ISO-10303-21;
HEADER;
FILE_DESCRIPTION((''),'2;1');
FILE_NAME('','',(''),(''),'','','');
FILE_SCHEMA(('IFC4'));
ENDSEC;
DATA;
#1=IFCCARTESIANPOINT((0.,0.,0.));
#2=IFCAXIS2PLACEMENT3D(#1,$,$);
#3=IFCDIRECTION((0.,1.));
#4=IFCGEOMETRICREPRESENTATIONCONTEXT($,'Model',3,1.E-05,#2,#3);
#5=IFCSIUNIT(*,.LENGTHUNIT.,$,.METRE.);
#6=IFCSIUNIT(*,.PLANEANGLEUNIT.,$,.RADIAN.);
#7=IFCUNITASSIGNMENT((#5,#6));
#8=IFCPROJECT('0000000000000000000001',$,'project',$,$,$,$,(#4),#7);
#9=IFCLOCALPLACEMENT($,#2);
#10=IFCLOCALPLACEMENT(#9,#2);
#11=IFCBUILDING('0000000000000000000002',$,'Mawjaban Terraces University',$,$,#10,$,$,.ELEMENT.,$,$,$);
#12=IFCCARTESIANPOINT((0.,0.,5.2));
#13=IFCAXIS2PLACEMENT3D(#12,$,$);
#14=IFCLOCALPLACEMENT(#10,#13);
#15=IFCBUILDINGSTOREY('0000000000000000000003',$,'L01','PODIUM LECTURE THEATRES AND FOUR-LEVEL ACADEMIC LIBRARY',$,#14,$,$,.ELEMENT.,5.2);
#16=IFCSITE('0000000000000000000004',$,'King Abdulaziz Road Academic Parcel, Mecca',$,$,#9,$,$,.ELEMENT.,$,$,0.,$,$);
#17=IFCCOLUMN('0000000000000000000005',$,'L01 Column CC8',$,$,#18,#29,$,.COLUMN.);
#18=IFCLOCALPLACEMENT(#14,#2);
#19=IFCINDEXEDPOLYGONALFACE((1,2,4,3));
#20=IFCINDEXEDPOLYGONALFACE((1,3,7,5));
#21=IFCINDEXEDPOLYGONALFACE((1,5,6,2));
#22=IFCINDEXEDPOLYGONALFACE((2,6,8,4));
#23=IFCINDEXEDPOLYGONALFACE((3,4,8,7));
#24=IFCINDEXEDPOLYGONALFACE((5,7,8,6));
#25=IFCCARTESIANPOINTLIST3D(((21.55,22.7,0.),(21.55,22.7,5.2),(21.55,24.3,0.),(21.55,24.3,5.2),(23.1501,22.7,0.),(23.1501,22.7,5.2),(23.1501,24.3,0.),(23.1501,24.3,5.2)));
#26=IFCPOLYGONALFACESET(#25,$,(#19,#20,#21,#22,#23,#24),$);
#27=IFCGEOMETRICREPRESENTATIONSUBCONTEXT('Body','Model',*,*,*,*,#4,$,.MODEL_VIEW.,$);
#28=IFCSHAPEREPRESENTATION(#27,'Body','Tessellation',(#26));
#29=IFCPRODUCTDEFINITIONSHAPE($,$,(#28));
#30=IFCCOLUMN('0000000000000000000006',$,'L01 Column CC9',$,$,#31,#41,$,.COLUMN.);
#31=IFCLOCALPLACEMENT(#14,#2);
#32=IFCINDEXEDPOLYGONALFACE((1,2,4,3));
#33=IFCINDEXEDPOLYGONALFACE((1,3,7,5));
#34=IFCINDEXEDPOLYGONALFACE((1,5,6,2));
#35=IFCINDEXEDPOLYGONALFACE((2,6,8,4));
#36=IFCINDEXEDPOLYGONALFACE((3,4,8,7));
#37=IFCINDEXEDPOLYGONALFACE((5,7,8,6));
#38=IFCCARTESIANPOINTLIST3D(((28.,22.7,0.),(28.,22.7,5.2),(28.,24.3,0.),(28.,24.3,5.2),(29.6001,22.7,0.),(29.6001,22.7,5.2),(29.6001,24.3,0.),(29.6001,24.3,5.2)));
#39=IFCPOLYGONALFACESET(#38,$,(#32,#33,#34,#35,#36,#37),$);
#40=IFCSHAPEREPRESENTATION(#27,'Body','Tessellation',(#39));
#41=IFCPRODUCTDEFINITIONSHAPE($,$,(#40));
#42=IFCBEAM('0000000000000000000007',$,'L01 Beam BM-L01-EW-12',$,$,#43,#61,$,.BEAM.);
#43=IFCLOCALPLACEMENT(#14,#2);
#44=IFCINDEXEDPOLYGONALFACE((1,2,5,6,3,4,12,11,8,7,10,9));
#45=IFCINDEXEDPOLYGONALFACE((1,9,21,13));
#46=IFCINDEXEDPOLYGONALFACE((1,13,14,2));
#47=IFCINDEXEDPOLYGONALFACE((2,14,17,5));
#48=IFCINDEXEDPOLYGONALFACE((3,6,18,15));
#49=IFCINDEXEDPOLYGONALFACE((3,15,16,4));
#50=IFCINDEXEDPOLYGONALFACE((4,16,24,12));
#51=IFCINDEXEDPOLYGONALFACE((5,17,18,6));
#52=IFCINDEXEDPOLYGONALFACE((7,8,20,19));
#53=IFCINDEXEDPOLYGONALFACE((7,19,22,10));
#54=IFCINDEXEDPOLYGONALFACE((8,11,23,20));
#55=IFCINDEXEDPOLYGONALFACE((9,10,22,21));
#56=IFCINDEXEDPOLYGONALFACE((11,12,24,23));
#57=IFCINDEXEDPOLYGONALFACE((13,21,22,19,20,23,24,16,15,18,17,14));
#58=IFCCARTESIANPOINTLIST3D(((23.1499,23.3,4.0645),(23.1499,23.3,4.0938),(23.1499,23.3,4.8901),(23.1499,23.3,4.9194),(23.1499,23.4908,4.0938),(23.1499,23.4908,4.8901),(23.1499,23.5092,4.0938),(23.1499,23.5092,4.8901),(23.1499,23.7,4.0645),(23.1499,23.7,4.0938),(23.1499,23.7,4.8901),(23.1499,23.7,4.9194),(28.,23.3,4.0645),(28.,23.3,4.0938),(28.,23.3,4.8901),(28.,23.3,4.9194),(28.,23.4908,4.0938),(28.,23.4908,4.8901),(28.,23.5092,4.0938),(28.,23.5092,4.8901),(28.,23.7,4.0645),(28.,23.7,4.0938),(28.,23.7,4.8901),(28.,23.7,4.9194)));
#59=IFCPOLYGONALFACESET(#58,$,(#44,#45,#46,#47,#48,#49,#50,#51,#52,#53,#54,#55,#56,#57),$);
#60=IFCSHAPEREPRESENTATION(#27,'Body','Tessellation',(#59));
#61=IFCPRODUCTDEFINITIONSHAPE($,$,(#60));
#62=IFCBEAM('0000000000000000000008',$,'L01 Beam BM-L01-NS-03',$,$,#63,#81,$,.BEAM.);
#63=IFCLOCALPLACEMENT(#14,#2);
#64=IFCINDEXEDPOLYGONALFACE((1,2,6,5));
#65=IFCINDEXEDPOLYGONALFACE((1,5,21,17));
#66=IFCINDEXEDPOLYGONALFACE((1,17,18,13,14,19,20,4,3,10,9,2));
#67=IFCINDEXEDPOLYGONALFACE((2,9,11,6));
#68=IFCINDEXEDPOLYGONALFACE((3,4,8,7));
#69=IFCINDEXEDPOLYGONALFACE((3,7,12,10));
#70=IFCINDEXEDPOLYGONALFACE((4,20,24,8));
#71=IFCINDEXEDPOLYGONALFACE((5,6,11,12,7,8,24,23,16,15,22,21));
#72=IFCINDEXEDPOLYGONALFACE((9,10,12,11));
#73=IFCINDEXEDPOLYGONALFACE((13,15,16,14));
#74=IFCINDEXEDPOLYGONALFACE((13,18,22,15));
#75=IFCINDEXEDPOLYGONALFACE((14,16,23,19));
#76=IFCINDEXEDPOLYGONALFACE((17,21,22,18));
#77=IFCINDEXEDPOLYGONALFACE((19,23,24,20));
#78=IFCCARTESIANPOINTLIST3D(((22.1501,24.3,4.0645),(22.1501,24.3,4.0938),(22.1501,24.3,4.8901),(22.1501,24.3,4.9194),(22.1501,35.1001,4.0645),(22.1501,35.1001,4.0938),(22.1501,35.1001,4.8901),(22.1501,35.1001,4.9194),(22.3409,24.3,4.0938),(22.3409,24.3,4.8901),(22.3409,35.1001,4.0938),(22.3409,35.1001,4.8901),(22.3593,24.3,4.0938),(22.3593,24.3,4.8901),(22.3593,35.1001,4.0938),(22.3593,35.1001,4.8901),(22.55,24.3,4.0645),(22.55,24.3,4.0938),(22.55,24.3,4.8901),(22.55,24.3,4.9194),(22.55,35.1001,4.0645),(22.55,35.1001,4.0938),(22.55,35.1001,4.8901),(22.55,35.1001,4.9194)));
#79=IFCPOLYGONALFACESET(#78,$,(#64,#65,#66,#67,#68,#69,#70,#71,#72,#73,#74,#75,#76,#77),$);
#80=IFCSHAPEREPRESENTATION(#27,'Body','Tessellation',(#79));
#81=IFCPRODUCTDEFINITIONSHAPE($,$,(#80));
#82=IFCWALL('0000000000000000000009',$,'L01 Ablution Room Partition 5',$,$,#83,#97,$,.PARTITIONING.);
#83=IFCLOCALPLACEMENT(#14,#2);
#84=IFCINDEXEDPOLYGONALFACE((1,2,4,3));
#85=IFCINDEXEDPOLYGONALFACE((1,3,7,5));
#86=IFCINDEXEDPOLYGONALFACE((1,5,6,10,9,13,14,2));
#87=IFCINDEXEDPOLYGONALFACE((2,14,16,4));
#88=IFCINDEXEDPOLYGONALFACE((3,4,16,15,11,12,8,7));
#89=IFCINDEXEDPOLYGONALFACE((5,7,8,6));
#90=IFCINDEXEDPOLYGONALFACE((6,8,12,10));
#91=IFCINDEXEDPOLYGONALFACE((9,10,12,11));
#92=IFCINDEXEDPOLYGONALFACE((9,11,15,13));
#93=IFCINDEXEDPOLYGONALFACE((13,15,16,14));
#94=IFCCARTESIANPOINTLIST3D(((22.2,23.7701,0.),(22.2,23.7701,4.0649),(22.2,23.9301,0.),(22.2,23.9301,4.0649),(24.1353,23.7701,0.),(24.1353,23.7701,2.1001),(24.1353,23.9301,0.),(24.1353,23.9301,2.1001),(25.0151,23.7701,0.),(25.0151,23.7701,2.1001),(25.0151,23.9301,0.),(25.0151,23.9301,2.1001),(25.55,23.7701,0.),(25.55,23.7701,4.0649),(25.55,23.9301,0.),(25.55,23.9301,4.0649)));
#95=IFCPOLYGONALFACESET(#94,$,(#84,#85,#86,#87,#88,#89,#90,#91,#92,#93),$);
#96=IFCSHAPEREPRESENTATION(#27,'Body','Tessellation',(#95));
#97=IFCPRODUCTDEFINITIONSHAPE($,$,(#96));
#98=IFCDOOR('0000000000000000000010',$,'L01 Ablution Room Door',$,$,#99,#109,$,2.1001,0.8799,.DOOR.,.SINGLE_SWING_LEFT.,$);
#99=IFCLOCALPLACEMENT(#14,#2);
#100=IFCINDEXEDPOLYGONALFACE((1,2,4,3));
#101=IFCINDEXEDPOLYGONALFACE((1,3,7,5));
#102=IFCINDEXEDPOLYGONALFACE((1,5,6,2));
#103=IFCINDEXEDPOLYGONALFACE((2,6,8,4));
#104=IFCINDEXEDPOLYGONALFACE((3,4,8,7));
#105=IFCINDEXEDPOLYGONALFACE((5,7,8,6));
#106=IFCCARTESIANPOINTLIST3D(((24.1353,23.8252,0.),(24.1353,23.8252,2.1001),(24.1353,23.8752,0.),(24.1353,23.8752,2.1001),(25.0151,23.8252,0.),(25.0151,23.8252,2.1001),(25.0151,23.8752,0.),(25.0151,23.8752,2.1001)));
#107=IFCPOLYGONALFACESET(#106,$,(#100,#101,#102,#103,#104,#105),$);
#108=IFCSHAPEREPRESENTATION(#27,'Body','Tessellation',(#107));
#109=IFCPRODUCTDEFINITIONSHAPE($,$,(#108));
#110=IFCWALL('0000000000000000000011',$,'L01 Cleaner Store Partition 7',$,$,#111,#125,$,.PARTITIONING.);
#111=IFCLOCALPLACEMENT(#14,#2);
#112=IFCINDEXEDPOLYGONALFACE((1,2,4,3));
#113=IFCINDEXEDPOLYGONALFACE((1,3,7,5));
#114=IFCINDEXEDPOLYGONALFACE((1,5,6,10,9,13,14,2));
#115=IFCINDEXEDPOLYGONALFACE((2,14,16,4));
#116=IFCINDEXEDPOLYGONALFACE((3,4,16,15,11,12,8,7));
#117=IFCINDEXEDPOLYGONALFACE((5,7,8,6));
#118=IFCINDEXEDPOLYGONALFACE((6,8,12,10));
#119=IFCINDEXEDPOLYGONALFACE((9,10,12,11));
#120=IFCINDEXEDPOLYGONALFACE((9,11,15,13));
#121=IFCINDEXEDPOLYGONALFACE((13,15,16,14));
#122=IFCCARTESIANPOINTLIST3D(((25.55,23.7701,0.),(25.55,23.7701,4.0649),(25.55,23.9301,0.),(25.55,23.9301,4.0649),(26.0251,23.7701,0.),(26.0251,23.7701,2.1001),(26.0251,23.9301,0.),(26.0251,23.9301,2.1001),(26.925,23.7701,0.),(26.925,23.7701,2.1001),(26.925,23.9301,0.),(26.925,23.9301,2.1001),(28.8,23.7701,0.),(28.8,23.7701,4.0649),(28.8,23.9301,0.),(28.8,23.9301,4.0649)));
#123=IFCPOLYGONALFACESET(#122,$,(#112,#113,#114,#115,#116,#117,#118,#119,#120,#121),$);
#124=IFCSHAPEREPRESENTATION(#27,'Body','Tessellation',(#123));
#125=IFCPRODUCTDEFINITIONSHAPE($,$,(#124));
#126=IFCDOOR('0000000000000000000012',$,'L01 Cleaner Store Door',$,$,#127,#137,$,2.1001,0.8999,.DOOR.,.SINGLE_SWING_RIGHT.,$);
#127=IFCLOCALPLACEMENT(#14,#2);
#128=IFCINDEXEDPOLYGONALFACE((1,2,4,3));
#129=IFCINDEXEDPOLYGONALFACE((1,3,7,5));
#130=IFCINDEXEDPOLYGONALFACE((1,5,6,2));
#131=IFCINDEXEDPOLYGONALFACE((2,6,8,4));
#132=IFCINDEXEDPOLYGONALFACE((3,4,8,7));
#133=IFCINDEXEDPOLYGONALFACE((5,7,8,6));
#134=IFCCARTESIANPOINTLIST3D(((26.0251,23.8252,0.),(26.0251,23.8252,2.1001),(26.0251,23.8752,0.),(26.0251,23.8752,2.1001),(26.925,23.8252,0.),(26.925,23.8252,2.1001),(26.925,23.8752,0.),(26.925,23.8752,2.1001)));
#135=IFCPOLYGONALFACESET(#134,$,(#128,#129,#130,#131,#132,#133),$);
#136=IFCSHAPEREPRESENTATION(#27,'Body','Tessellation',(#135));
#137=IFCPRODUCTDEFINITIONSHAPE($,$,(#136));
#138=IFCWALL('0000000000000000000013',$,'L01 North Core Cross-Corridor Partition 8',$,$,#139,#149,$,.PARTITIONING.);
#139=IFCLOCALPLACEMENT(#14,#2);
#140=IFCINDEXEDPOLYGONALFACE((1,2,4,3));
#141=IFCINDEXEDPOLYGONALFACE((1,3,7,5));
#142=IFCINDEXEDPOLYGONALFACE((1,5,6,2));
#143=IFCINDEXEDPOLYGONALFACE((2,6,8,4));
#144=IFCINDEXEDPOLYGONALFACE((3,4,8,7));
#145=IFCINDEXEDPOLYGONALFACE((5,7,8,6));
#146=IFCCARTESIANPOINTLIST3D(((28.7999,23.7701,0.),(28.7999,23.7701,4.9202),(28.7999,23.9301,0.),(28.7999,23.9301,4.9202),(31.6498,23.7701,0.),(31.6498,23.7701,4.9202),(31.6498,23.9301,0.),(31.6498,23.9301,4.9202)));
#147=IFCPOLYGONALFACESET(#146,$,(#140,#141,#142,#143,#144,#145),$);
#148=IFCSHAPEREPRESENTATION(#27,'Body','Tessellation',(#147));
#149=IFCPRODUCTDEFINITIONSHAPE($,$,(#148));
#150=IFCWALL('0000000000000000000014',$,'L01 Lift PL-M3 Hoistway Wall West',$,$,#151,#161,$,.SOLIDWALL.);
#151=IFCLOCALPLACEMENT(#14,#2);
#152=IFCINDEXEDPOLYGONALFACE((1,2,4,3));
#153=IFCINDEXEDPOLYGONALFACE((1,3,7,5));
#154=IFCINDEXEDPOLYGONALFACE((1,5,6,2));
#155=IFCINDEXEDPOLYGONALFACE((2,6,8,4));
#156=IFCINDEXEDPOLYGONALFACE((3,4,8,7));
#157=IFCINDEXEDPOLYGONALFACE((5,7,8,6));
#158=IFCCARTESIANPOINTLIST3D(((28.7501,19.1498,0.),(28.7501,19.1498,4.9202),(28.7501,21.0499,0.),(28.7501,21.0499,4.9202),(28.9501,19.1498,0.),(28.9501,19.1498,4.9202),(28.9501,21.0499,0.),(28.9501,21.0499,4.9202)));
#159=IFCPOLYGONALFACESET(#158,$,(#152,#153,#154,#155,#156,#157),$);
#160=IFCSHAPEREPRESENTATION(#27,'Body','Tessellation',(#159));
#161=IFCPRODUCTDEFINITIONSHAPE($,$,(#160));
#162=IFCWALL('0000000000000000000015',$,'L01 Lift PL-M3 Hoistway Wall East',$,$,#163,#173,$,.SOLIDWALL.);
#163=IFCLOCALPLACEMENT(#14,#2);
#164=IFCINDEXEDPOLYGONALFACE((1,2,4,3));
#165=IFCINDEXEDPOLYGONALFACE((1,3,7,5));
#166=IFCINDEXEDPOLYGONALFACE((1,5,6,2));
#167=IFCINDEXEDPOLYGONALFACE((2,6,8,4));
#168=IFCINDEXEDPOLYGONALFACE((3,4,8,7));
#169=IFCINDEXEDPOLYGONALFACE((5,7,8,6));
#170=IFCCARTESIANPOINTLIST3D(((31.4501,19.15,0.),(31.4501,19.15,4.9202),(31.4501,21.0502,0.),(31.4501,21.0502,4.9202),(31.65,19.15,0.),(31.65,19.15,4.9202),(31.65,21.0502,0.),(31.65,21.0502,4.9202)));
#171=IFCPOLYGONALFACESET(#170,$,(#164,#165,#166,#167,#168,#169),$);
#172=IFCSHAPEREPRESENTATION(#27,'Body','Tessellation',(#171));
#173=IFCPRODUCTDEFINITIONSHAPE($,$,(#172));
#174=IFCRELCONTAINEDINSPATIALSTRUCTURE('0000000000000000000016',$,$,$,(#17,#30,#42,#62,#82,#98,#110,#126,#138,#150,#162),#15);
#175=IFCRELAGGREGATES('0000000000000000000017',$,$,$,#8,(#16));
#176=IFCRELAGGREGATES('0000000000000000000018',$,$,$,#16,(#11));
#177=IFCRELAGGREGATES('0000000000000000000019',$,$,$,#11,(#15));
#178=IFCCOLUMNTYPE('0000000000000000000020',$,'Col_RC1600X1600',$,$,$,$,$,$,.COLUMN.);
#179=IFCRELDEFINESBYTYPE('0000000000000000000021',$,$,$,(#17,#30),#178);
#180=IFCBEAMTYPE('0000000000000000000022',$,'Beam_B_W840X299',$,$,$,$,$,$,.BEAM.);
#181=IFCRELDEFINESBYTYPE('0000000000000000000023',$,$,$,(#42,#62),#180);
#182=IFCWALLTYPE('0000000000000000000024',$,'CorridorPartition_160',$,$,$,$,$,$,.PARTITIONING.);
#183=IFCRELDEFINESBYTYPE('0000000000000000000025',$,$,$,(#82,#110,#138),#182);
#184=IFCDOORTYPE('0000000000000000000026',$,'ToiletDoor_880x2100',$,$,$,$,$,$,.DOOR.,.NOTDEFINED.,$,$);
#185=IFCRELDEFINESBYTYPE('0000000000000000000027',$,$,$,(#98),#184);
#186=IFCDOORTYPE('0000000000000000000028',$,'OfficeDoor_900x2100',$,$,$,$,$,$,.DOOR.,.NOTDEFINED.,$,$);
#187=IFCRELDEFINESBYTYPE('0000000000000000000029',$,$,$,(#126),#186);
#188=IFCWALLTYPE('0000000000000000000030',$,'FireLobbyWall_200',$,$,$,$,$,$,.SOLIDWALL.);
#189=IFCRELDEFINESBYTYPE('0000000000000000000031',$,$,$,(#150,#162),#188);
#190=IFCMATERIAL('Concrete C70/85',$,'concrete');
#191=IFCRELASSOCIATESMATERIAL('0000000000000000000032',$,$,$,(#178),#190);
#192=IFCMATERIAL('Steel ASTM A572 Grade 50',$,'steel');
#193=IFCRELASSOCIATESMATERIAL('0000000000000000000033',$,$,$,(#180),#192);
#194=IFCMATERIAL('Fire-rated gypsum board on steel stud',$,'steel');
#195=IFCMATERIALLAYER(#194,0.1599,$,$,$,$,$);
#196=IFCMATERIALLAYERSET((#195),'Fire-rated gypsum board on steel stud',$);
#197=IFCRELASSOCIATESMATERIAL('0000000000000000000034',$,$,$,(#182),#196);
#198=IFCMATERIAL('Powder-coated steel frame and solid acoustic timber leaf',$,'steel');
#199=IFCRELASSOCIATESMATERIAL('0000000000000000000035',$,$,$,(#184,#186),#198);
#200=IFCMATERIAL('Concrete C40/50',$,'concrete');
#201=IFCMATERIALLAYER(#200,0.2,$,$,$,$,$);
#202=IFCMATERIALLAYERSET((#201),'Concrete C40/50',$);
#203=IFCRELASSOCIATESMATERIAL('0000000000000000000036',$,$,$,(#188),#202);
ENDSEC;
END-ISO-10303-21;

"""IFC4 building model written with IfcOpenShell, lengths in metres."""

from ifc_helpers import new_model, si_unit, direction, frame, frame_2d, origin, origin_2d, place, context, subcontext, project, spatial, rectangle, i_section, extrude, material, layer, layer_set, material_profile, profile_set, type_object, element, fill, save


model = new_model("IFC4")

# Units and contexts
model_context = context("Model", 3, precision=1e-05, world=origin(), true_north=direction((0.0, 1.0)))
body_context = subcontext(model_context, "Body", "Model", "MODEL_VIEW")
ifc_project = project(units=[si_unit("LENGTHUNIT", "METRE"), si_unit("PLANEANGLEUNIT", "RADIAN")], contexts=[model_context])

# Site, building, storey
site_placement = place(None, origin())
site = spatial("IfcSite", under=ifc_project, at=site_placement, Name="King Abdulaziz Road Academic Parcel, Mecca", CompositionType="ELEMENT", RefElevation=0.0)
building_placement = place(site_placement, origin())
building = spatial("IfcBuilding", under=site, at=building_placement, Name="Mawjaban Terraces University", CompositionType="ELEMENT")
storey_placement = place(building_placement, frame((0.0, 0.0, 5.2)))
storey = spatial("IfcBuildingStorey", under=building, at=storey_placement, Name="L01", Description="PODIUM LECTURE THEATRES AND FOUR-LEVEL ACADEMIC LIBRARY", CompositionType="ELEMENT", Elevation=5.2)

# Columns
ifc_material_1 = material(Name="Concrete C70/85", Category="concrete")
ifc_material_profile_1 = material_profile(ifc_material_1, rectangle(XDim=1.6001, YDim=1.6001, at=origin_2d()), Name="RC1600X1600")
ifc_profile_set_1 = profile_set([ifc_material_profile_1], Name="Concrete C70/85")
column_type = type_object("IfcColumnType", Name="Col_RC1600X1600", PredefinedType="COLUMN", material=ifc_profile_set_1)
for number, where, z_axis, x_axis, name in (
    (1, (22.3501, 23.5, 0.0), (0.0, 0.0, 1.0), (1.0, 0.0, 0.0), "L01 Column CC8"),
    (2, (28.8, 23.5, 0.0), (0.0, 0.0, 1.0), (1.0, 0.0, 0.0), "L01 Column CC9"),
):
    element("IfcColumn", number, at=place(storey_placement, frame(where, z_axis=z_axis, x_axis=x_axis)), inside=storey, type_object=column_type, Name=name, PredefinedType="COLUMN", context=body_context, shape_type="SweptSolid", body=[
        extrude(rectangle(XDim=1.6001, YDim=1.6001, at=origin_2d()), origin(), (0.0, 0.0, 1.0), 5.2),
    ])

# Beams
ifc_material_2 = material(Name="Steel ASTM A572 Grade 50", Category="steel")
ifc_material_profile_2 = material_profile(ifc_material_2, i_section(OverallWidth=0.3999, OverallDepth=0.855, WebThickness=0.0183, FlangeThickness=0.0293, at=origin_2d()), Name="W840X299")
ifc_profile_set_2 = profile_set([ifc_material_profile_2], Name="Steel ASTM A572 Grade 50")
beam_type = type_object("IfcBeamType", Name="Beam_B_W840X299", PredefinedType="BEAM", material=ifc_profile_set_2)
beam_1_placement = place(storey_placement, frame((23.1499, 23.5, 4.4919), z_axis=(1.0, 0.0, 0.0), x_axis=(0.0, 1.0, 0.0)))
element("IfcBeam", 3, at=beam_1_placement, inside=storey, type_object=beam_type, Name="L01 Beam BM-L01-EW-12", PredefinedType="BEAM", context=body_context, shape_type="SweptSolid", body=[
    extrude(i_section(OverallWidth=0.3999, OverallDepth=0.855, WebThickness=0.0183, FlangeThickness=0.0293, at=origin_2d()), origin(), (0.0, 0.0, 1.0), 4.8501),
])
beam_2_placement = place(storey_placement, frame((22.3501, 24.3, 4.4919), z_axis=(0.0, 1.0, 0.0), x_axis=(-1.0, 0.0, 0.0)))
element("IfcBeam", 4, at=beam_2_placement, inside=storey, type_object=beam_type, Name="L01 Beam BM-L01-NS-03", PredefinedType="BEAM", context=body_context, shape_type="SweptSolid", body=[
    extrude(i_section(OverallWidth=0.3999, OverallDepth=0.855, WebThickness=0.0183, FlangeThickness=0.0293, at=origin_2d()), origin(), (0.0, 0.0, 1.0), 10.8),
])

# Walls, openings, doors
ifc_material_3 = material(Name="Fire-rated gypsum board on steel stud", Category="steel")
ifc_layer_1 = layer(ifc_material_3, 0.1599)
ifc_layer_set_1 = layer_set([ifc_layer_1], Name="Fire-rated gypsum board on steel stud")
wall_type_1 = type_object("IfcWallType", Name="CorridorPartition_160", PredefinedType="PARTITIONING", material=ifc_layer_set_1)
wall_1_placement = place(storey_placement, frame((25.55, 23.8501, 0.0), z_axis=(0.0, 0.0, 1.0), x_axis=(-1.0, 0.0, 0.0)))
wall_1 = element("IfcWall", 5, at=wall_1_placement, inside=storey, type_object=wall_type_1, Name="L01 Ablution Room Partition 5", PredefinedType="PARTITIONING", context=body_context, shape_type="SweptSolid", body=[
    extrude(rectangle(XDim=3.3501, YDim=0.1599, at=frame_2d((1.675, 0.0))), origin(), (0.0, 0.0, 1.0), 4.0649),
])
opening_1_placement = place(wall_1_placement, frame((0.5349, 0.0, 0.0)))
opening_1 = element("IfcOpeningElement", 6, at=opening_1_placement, cuts=wall_1, PredefinedType="OPENING", context=body_context, shape_type="SweptSolid", body=[
    extrude(rectangle(XDim=0.8799, YDim=2.1001, at=frame_2d((0.4399, 1.05))), frame((0.0, 0.0898, 0.0), z_axis=(0.0, -1.0, 0.0), x_axis=(1.0, 0.0, 0.0)), (0.0, 0.0, 1.0), 0.1799),
])
ifc_material_4 = material(Name="Powder-coated steel frame and solid acoustic timber leaf", Category="steel")
door_type_1 = type_object("IfcDoorType", Name="ToiletDoor_880x2100", OperationType="NOTDEFINED", PredefinedType="DOOR", material=ifc_material_4)
door_1_placement = place(opening_1_placement, origin())
door_1 = element("IfcDoor", 7, at=door_1_placement, inside=storey, type_object=door_type_1, Name="L01 Ablution Room Door", OperationType="SINGLE_SWING_LEFT", OverallHeight=2.1001, OverallWidth=0.8799, PredefinedType="DOOR", context=body_context, shape_type="SweptSolid", body=[
    extrude(rectangle(XDim=0.8799, YDim=2.1001, at=frame_2d((0.4399, 1.05))), frame((0.0, 0.0249, 0.0), z_axis=(0.0, -1.0, 0.0), x_axis=(1.0, 0.0, 0.0)), (0.0, 0.0, 1.0), 0.05),
])
fill(opening_1, door_1)
wall_2_placement = place(storey_placement, frame((28.8, 23.8501, 0.0), z_axis=(0.0, 0.0, 1.0), x_axis=(-1.0, 0.0, 0.0)))
wall_2 = element("IfcWall", 8, at=wall_2_placement, inside=storey, type_object=wall_type_1, Name="L01 Cleaner Store Partition 7", PredefinedType="PARTITIONING", context=body_context, shape_type="SweptSolid", body=[
    extrude(rectangle(XDim=3.25, YDim=0.1599, at=frame_2d((1.625, 0.0))), origin(), (0.0, 0.0, 1.0), 4.0649),
])
opening_2_placement = place(wall_2_placement, frame((1.875, 0.0, 0.0)))
opening_2 = element("IfcOpeningElement", 9, at=opening_2_placement, cuts=wall_2, PredefinedType="OPENING", context=body_context, shape_type="SweptSolid", body=[
    extrude(rectangle(XDim=0.8999, YDim=2.1001, at=frame_2d((0.45, 1.05))), frame((0.0, 0.0898, 0.0), z_axis=(0.0, -1.0, 0.0), x_axis=(1.0, 0.0, 0.0)), (0.0, 0.0, 1.0), 0.1799),
])
door_type_2 = type_object("IfcDoorType", Name="OfficeDoor_900x2100", OperationType="NOTDEFINED", PredefinedType="DOOR", material=ifc_material_4)
door_2_placement = place(opening_2_placement, origin())
door_2 = element("IfcDoor", 10, at=door_2_placement, inside=storey, type_object=door_type_2, Name="L01 Cleaner Store Door", OperationType="SINGLE_SWING_RIGHT", OverallHeight=2.1001, OverallWidth=0.8999, PredefinedType="DOOR", context=body_context, shape_type="SweptSolid", body=[
    extrude(rectangle(XDim=0.8999, YDim=2.1001, at=frame_2d((0.45, 1.05))), frame((0.0, 0.0249, 0.0), z_axis=(0.0, -1.0, 0.0), x_axis=(1.0, 0.0, 0.0)), (0.0, 0.0, 1.0), 0.05),
])
fill(opening_2, door_2)

# Walls
wall_3_placement = place(storey_placement, frame((28.8, 23.8501, 0.0), z_axis=(0.0, 0.0, 1.0), x_axis=(1.0, 0.0, 0.0)))
element("IfcWall", 11, at=wall_3_placement, inside=storey, type_object=wall_type_1, Name="L01 North Core Cross-Corridor Partition 8", PredefinedType="PARTITIONING", context=body_context, shape_type="SweptSolid", body=[
    extrude(rectangle(XDim=2.8499, YDim=0.1599, at=frame_2d((1.4248, 0.0))), origin(), (0.0, 0.0, 1.0), 4.9202),
])
ifc_material_5 = material(Name="Concrete C40/50", Category="concrete")
ifc_layer_2 = layer(ifc_material_5, 0.2)
ifc_layer_set_2 = layer_set([ifc_layer_2], Name="Concrete C40/50")
wall_type_2 = type_object("IfcWallType", Name="FireLobbyWall_200", PredefinedType="SOLIDWALL", material=ifc_layer_set_2)
for number, where, z_axis, x_axis, name in (
    (12, (28.8501, 21.05, 0.0), (0.0, 0.0, 1.0), (0.0, -1.0, 0.0), "L01 Lift PL-M3 Hoistway Wall West"),
    (13, (31.55, 19.1499, 0.0), (0.0, 0.0, 1.0), (0.0, 1.0, 0.0), "L01 Lift PL-M3 Hoistway Wall East"),
):
    element("IfcWall", number, at=place(storey_placement, frame(where, z_axis=z_axis, x_axis=x_axis)), inside=storey, type_object=wall_type_2, Name=name, PredefinedType="SOLIDWALL", context=body_context, shape_type="SweptSolid", body=[
        extrude(rectangle(XDim=1.9001, YDim=0.2, at=frame_2d((0.9502, 0.0))), origin(), (0.0, 0.0, 1.0), 4.9202),
    ])

save(model, "model.ifc")
